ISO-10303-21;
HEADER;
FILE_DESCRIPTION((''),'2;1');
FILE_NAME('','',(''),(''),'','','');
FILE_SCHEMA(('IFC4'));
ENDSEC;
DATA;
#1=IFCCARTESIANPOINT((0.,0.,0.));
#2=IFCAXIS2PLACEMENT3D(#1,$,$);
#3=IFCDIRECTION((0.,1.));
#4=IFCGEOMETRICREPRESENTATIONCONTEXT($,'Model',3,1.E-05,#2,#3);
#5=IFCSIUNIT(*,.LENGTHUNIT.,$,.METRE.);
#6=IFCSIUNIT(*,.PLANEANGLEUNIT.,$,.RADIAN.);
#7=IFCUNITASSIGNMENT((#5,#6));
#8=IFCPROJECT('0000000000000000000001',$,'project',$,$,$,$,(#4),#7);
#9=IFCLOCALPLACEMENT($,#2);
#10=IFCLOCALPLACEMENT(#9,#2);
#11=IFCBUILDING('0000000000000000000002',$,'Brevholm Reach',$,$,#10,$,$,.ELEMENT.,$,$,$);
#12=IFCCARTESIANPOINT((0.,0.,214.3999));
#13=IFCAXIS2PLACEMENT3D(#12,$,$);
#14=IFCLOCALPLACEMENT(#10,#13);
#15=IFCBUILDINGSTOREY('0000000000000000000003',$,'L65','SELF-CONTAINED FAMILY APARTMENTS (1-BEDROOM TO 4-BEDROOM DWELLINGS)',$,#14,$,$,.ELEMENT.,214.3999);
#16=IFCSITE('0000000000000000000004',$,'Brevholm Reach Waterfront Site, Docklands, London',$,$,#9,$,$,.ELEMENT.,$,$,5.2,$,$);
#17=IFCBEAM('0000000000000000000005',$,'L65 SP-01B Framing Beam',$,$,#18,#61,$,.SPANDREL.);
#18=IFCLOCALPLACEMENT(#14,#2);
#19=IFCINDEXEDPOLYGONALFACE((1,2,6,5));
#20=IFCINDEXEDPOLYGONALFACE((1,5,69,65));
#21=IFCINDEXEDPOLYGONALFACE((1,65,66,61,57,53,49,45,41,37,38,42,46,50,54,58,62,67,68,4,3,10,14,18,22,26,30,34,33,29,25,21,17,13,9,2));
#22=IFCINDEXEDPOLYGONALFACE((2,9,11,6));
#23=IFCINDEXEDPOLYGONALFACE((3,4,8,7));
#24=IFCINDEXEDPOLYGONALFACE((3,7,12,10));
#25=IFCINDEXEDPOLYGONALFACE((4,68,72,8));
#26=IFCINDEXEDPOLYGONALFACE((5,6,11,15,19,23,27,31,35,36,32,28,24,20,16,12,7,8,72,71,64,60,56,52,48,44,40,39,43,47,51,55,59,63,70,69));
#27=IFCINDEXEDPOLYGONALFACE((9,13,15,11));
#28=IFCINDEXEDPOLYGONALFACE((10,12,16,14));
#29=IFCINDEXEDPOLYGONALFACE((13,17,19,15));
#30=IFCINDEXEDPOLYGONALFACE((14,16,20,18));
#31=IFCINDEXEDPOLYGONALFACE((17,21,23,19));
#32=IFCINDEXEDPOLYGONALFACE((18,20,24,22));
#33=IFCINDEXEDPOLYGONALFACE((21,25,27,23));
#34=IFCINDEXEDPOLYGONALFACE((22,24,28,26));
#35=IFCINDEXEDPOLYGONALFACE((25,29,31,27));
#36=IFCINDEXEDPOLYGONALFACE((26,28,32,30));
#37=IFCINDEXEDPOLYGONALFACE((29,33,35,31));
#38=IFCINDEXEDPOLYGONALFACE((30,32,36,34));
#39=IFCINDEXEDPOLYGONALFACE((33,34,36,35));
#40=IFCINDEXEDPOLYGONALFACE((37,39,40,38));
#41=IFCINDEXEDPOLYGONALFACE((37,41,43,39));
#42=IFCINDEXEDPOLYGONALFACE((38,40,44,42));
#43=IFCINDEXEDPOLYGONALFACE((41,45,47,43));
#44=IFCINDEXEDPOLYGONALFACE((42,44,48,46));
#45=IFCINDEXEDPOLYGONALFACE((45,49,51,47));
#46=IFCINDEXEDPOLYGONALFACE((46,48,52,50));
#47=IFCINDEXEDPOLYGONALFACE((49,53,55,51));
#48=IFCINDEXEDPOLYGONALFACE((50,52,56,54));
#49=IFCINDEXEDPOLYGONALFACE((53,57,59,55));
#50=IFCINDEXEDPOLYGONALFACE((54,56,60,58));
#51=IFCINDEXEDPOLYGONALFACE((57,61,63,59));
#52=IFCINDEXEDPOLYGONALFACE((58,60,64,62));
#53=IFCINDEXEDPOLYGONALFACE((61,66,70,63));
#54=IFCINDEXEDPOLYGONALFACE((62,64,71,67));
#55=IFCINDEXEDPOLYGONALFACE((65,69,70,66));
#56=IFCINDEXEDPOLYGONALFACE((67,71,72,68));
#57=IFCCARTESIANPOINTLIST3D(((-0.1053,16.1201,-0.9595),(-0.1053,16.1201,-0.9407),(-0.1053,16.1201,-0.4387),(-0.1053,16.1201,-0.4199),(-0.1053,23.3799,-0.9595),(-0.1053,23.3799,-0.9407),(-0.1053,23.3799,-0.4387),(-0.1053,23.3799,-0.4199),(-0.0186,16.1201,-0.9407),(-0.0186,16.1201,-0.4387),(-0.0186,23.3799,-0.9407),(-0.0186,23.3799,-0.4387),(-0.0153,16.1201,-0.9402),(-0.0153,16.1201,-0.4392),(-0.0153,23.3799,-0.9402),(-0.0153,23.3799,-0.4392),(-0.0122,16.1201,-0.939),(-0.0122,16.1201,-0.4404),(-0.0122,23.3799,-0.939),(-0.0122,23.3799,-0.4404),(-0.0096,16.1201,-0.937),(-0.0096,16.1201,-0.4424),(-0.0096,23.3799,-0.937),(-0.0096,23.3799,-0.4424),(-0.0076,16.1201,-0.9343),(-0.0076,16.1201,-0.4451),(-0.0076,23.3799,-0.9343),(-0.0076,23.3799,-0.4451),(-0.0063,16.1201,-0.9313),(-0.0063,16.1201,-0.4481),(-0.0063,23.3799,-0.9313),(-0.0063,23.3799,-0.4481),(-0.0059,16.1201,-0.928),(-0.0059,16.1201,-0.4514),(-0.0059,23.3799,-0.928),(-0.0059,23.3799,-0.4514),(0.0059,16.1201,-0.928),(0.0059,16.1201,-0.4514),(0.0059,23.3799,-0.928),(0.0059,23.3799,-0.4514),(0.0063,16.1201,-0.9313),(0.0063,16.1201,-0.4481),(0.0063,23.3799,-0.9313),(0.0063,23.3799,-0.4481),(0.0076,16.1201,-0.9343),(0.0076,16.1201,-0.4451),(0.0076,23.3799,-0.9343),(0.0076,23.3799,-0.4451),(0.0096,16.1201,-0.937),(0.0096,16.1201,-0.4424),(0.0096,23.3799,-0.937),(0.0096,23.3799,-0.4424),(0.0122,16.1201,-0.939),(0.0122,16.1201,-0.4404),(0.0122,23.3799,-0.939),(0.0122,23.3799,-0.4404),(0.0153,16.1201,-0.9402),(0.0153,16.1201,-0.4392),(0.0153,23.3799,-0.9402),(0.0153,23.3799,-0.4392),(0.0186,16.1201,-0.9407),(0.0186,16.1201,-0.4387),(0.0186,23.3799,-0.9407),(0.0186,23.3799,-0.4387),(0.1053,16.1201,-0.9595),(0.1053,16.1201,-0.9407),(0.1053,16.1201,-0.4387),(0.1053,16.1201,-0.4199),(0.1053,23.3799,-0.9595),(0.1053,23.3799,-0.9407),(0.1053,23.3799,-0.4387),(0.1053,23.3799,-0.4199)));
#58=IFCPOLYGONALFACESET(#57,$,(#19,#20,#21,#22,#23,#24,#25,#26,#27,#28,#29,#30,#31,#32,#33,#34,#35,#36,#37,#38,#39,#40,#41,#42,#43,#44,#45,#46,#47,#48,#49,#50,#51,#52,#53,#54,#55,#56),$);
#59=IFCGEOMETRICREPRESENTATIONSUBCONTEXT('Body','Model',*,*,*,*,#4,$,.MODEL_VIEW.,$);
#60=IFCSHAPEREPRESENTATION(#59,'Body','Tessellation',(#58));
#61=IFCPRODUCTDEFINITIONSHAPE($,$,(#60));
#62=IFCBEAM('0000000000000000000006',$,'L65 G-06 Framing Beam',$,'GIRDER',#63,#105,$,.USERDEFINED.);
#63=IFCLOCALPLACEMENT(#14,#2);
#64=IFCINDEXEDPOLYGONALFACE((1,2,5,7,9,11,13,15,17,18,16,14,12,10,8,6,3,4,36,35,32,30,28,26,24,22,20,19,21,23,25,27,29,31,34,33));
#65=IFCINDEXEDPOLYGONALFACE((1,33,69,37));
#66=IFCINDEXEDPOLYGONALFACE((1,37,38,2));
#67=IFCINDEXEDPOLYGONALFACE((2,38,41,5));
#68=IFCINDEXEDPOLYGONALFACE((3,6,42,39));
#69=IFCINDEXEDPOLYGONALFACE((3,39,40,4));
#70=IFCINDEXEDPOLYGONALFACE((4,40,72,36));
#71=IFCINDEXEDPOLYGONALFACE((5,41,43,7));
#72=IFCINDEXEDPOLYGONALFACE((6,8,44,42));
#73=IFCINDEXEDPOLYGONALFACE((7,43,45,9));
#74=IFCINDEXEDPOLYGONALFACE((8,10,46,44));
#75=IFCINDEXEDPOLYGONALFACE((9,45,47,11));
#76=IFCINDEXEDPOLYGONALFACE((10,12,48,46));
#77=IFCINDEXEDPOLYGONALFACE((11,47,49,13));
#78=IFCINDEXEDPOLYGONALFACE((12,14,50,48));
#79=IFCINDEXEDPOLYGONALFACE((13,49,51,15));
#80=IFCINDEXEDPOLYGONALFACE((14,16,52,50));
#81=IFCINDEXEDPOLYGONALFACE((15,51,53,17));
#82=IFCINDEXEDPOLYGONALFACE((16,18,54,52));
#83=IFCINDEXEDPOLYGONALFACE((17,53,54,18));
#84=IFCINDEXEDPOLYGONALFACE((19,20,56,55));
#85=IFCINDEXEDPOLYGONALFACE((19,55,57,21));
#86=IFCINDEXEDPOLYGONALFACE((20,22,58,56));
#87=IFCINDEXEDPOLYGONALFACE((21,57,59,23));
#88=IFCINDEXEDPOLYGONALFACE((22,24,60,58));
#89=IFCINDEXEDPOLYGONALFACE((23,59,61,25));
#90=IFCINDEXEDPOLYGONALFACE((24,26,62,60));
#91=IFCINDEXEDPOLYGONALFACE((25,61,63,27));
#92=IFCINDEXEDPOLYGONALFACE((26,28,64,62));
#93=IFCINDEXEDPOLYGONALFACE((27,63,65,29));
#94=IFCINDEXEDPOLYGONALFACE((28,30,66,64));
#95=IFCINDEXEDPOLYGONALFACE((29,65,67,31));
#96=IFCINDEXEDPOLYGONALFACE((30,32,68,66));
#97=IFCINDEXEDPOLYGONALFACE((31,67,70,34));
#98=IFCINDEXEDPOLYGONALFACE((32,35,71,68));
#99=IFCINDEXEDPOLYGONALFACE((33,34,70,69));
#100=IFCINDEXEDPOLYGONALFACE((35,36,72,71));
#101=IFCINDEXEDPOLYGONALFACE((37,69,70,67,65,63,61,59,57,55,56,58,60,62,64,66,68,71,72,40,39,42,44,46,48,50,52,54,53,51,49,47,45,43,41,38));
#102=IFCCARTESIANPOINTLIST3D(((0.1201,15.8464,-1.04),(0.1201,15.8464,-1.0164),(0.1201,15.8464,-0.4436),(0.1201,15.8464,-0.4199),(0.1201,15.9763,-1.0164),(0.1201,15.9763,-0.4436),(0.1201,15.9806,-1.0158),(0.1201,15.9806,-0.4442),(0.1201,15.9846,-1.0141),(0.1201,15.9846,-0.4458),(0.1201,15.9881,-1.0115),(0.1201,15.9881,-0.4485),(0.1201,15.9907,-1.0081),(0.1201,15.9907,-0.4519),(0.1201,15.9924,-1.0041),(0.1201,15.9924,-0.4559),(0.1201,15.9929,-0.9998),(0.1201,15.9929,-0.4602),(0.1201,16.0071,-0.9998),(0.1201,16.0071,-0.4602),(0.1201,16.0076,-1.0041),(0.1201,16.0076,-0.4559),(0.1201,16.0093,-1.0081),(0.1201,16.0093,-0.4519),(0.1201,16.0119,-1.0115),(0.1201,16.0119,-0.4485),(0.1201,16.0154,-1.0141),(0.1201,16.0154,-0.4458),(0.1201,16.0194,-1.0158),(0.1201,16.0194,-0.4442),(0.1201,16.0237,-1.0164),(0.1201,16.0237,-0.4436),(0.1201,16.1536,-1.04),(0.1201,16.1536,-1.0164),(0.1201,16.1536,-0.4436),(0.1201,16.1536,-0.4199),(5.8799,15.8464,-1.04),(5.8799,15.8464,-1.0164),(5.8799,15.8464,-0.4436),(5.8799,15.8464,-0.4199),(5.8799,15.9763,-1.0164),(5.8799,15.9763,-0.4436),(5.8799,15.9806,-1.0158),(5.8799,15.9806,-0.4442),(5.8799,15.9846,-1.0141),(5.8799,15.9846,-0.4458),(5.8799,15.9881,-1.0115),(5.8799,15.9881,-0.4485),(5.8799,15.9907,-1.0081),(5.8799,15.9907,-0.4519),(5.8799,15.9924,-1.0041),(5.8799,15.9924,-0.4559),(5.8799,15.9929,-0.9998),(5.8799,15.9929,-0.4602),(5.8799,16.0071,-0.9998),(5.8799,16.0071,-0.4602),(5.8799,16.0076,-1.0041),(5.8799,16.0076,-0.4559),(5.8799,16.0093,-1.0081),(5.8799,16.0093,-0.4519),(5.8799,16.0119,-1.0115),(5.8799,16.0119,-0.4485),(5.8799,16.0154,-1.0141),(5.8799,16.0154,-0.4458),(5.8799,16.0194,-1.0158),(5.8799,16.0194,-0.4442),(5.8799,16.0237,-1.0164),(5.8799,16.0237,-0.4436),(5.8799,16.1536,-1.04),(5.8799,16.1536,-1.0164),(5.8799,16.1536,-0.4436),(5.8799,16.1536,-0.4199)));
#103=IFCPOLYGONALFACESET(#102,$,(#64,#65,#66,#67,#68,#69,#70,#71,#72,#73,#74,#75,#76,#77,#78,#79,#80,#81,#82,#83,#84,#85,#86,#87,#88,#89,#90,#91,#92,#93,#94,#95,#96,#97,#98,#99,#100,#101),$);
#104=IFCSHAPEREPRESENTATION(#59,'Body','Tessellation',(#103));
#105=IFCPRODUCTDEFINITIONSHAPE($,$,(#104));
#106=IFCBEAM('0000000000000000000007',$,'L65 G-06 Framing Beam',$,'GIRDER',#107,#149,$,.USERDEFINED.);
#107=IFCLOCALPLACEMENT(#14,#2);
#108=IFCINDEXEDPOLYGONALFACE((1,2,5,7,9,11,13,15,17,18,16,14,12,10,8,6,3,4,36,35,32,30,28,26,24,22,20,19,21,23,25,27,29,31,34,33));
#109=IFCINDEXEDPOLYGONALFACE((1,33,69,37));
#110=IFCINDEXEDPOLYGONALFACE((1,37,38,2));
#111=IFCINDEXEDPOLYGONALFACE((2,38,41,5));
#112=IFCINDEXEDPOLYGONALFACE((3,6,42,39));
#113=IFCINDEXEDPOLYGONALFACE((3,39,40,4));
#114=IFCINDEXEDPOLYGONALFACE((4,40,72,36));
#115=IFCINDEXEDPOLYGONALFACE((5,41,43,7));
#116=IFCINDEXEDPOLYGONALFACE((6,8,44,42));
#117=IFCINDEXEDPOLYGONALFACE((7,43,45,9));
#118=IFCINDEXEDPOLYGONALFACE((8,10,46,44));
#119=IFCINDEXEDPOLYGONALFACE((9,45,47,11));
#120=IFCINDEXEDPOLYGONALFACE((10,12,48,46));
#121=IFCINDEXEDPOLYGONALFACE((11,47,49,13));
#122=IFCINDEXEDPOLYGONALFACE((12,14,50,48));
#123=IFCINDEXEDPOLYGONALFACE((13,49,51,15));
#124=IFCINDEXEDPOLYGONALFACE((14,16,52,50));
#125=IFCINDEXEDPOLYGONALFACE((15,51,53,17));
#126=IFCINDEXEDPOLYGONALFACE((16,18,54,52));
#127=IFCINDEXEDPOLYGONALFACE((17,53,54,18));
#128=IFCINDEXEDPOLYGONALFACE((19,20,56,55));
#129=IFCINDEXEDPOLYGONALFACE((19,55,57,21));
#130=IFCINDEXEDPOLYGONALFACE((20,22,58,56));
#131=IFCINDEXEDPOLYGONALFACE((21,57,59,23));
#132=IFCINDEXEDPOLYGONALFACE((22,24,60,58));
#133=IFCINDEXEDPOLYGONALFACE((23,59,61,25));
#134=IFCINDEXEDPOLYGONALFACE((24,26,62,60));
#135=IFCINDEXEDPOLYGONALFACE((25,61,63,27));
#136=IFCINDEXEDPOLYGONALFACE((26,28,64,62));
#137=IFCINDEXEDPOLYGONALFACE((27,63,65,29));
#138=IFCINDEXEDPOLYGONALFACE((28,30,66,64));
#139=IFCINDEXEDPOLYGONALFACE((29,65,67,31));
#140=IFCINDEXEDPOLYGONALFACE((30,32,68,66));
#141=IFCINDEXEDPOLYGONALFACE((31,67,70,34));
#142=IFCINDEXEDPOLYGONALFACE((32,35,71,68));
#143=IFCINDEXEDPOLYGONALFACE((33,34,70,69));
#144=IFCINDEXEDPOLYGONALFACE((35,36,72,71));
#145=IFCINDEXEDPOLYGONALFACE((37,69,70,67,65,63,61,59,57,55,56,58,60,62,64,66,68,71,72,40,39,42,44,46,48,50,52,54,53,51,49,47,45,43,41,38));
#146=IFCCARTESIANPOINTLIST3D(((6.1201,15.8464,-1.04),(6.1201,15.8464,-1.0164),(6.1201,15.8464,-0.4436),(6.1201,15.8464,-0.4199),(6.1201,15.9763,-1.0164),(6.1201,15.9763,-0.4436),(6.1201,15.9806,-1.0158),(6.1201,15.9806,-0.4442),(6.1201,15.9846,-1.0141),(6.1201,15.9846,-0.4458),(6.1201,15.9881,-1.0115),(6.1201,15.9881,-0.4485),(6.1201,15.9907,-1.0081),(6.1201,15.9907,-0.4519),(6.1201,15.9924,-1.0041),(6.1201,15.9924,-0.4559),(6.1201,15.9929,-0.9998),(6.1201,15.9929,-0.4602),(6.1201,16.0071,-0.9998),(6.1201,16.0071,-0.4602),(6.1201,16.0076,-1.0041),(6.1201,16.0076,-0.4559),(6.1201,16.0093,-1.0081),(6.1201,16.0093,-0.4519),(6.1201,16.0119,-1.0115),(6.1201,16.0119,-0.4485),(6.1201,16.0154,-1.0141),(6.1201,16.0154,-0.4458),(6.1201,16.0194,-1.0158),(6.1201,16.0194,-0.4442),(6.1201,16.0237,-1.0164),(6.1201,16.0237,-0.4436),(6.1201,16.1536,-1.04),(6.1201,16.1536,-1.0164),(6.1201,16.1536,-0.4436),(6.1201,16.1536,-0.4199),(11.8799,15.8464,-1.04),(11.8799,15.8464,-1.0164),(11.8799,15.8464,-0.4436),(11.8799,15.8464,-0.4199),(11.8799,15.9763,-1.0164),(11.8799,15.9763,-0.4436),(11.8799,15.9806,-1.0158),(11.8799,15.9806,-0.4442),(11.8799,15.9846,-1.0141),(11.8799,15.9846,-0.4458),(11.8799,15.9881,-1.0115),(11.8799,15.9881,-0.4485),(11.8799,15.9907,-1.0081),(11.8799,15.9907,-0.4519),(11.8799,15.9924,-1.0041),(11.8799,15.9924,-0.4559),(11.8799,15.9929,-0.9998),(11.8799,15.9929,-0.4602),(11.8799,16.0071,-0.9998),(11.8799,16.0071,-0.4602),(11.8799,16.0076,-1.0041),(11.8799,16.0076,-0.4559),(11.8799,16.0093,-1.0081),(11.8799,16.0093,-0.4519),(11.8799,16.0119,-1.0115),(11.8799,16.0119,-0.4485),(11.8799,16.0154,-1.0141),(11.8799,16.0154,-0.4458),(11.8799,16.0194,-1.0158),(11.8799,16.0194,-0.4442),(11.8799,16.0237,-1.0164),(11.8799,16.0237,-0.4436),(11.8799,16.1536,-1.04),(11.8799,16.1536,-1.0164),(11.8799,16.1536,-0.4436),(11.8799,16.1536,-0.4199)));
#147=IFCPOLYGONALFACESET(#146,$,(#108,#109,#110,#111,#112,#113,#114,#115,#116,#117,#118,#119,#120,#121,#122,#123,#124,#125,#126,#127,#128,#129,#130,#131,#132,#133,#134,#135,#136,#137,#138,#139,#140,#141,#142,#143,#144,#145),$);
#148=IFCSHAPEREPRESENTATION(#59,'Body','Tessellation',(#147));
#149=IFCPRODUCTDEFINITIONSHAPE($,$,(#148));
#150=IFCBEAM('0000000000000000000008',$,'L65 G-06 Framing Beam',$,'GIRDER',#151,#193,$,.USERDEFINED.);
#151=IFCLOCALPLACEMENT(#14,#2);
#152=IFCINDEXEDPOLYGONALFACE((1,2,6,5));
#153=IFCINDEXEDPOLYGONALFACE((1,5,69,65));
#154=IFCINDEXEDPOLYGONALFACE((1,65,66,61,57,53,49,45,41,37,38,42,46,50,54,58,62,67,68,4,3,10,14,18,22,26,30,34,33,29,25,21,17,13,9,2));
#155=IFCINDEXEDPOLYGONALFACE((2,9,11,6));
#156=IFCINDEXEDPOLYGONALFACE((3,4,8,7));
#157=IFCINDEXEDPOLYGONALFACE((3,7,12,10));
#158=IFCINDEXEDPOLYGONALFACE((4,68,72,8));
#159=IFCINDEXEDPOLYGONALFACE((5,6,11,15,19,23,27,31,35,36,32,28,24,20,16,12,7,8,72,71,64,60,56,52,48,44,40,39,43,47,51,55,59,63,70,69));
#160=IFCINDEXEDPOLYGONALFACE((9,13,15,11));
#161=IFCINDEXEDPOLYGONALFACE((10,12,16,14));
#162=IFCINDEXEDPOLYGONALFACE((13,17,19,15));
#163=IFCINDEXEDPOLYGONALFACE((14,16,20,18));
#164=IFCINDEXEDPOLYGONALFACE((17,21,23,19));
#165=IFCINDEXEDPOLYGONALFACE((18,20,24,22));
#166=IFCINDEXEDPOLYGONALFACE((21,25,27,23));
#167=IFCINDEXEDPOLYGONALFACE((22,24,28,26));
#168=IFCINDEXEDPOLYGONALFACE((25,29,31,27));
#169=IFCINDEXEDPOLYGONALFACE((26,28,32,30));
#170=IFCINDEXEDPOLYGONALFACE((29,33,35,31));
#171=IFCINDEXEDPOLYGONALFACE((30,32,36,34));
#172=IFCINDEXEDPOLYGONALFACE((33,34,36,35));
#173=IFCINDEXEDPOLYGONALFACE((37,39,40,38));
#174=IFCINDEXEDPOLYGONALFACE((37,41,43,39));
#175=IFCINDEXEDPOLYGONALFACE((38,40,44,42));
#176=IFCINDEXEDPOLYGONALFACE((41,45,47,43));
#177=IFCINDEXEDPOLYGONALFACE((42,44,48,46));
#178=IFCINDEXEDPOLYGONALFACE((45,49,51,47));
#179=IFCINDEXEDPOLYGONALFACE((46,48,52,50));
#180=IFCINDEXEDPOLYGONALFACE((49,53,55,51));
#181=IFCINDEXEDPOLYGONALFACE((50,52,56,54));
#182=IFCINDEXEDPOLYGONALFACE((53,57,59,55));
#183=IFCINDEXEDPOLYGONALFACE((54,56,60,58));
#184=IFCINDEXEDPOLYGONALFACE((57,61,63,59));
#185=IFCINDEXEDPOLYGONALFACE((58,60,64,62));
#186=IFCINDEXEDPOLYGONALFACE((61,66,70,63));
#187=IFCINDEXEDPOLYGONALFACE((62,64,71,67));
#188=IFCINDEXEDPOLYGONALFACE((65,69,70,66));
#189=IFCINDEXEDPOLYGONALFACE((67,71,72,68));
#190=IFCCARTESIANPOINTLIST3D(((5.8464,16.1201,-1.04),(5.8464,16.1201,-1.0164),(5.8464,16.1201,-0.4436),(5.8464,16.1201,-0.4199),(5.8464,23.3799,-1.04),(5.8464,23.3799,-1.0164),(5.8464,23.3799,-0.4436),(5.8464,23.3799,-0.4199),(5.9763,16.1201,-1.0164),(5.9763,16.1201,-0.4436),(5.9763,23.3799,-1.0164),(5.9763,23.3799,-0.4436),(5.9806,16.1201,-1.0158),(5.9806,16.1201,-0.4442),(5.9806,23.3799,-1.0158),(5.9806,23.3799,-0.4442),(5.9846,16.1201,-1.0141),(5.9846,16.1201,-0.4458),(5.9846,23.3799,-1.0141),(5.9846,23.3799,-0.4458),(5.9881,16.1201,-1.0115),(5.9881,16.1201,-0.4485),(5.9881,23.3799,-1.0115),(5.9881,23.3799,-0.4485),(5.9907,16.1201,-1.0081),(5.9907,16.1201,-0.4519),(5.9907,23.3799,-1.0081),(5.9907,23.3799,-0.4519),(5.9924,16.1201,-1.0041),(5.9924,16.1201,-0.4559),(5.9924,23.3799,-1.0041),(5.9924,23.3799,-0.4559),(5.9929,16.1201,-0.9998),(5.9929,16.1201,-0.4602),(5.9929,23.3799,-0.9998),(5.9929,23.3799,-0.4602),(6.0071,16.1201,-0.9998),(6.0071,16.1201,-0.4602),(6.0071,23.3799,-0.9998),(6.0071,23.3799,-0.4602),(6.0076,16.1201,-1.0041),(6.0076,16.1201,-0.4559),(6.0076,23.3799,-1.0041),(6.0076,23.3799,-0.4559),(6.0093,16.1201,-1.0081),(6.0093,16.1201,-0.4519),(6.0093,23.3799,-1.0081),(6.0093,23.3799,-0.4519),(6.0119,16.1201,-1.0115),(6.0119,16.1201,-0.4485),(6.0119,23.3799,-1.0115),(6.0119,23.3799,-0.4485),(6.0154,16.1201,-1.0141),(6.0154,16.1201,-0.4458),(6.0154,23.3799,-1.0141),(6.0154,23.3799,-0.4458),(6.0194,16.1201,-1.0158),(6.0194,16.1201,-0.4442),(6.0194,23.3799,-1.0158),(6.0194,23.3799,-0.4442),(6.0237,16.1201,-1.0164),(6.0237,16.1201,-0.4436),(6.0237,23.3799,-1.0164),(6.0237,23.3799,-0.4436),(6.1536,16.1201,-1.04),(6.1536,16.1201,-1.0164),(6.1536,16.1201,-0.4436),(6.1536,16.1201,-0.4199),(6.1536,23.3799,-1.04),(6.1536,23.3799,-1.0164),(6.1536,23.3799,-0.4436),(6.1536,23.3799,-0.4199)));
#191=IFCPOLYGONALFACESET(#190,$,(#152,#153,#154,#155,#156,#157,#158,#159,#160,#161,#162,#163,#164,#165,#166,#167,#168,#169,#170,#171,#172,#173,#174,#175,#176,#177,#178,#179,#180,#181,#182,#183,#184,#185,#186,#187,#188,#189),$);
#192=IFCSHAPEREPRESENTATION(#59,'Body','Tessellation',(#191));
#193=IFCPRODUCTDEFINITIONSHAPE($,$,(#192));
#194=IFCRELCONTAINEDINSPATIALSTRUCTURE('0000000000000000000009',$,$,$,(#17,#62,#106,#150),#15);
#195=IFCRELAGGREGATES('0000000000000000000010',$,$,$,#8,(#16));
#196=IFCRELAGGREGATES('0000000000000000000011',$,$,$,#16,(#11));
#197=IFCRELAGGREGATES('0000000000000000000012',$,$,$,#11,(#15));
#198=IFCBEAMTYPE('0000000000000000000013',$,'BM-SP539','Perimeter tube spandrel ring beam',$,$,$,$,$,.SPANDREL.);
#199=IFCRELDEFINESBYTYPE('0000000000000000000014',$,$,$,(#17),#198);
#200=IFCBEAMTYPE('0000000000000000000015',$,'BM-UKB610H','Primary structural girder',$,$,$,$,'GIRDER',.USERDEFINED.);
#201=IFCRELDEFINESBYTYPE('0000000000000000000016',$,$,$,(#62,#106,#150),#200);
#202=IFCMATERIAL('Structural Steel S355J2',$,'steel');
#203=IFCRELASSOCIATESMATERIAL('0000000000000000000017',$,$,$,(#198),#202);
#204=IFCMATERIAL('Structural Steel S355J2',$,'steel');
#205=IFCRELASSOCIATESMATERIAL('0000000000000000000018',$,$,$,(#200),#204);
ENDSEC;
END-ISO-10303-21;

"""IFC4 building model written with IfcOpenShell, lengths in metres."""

from ifc_helpers import new_model, si_unit, direction, frame, origin, origin_2d, place, context, subcontext, project, spatial, i_section, extrude, material, material_profile, profile_set, type_object, element, save


model = new_model("IFC4")

# Units and contexts
model_context = context("Model", 3, precision=1e-05, world=origin(), true_north=direction((0.0, 1.0)))
body_context = subcontext(model_context, "Body", "Model", "MODEL_VIEW")
ifc_project = project(units=[si_unit("LENGTHUNIT", "METRE"), si_unit("PLANEANGLEUNIT", "RADIAN")], contexts=[model_context])

# Site, building, storey
site_placement = place(None, origin())
site = spatial("IfcSite", under=ifc_project, at=site_placement, Name="Brevholm Reach Waterfront Site, Docklands, London", CompositionType="ELEMENT", RefElevation=5.2)
building_placement = place(site_placement, origin())
building = spatial("IfcBuilding", under=site, at=building_placement, Name="Brevholm Reach", CompositionType="ELEMENT")
storey_placement = place(building_placement, frame((0.0, 0.0, 214.3999)))
storey = spatial("IfcBuildingStorey", under=building, at=storey_placement, Name="L65", Description="SELF-CONTAINED FAMILY APARTMENTS (1-BEDROOM TO 4-BEDROOM DWELLINGS)", CompositionType="ELEMENT", Elevation=214.3999)

# Beams
ifc_material_1 = material(Name="Structural Steel S355J2", Category="steel")
ifc_material_profile_1 = material_profile(ifc_material_1, i_section(OverallWidth=0.2107, OverallDepth=0.5396, WebThickness=0.0117, FlangeThickness=0.0188, FilletRadius=0.0127, at=origin_2d()), Name="UKB 533x210x109")
ifc_profile_set_1 = profile_set([ifc_material_profile_1], Name="Structural Steel S355J2")
beam_type_1 = type_object("IfcBeamType", Name="BM-SP539", Description="Perimeter tube spandrel ring beam", PredefinedType="SPANDREL", material=ifc_profile_set_1)
beam_1_placement = place(storey_placement, frame((0.0, 16.1201, -0.6897), z_axis=(0.0, 1.0, 0.0), x_axis=(-1.0, 0.0, 0.0)))
element("IfcBeam", 1, at=beam_1_placement, inside=storey, type_object=beam_type_1, Name="L65 SP-01B Framing Beam", PredefinedType="SPANDREL", context=body_context, shape_type="SweptSolid", body=[
    extrude(i_section(OverallWidth=0.2107, OverallDepth=0.5396, WebThickness=0.0117, FlangeThickness=0.0188, FilletRadius=0.0127, at=origin_2d()), origin(), (0.0, 0.0, 1.0), 7.2598),
])
ifc_material_2 = material(Name="Structural Steel S355J2", Category="steel")
ifc_material_profile_2 = material_profile(ifc_material_2, i_section(OverallWidth=0.3071, OverallDepth=0.6201, WebThickness=0.0142, FlangeThickness=0.0237, FilletRadius=0.0166, at=origin_2d()), Name="UKB 610x305x179")
ifc_profile_set_2 = profile_set([ifc_material_profile_2], Name="Structural Steel S355J2")
beam_type_2 = type_object("IfcBeamType", Name="BM-UKB610H", Description="Primary structural girder", ElementType="GIRDER", PredefinedType="USERDEFINED", material=ifc_profile_set_2)
for number, where, z_axis, x_axis, name in (
    (2, (0.1201, 16.0, -0.73), (1.0, 0.0, 0.0), (0.0, 1.0, 0.0), "L65 G-06 Framing Beam"),
    (3, (6.1201, 16.0, -0.73), (1.0, 0.0, 0.0), (0.0, 1.0, 0.0), "L65 G-06 Framing Beam"),
):
    element("IfcBeam", number, at=place(storey_placement, frame(where, z_axis=z_axis, x_axis=x_axis)), inside=storey, type_object=beam_type_2, Name=name, ObjectType="GIRDER", PredefinedType="USERDEFINED", context=body_context, shape_type="SweptSolid", body=[
        extrude(i_section(OverallWidth=0.3071, OverallDepth=0.6201, WebThickness=0.0142, FlangeThickness=0.0237, FilletRadius=0.0166, at=origin_2d()), origin(), (0.0, 0.0, 1.0), 5.7598),
    ])
beam_2_placement = place(storey_placement, frame((6.0, 16.1201, -0.73), z_axis=(0.0, 1.0, 0.0), x_axis=(-1.0, 0.0, 0.0)))
element("IfcBeam", 4, at=beam_2_placement, inside=storey, type_object=beam_type_2, Name="L65 G-06 Framing Beam", ObjectType="GIRDER", PredefinedType="USERDEFINED", context=body_context, shape_type="SweptSolid", body=[
    extrude(i_section(OverallWidth=0.3071, OverallDepth=0.6201, WebThickness=0.0142, FlangeThickness=0.0237, FilletRadius=0.0166, at=origin_2d()), origin(), (0.0, 0.0, 1.0), 7.2598),
])

save(model, "model.ifc")
